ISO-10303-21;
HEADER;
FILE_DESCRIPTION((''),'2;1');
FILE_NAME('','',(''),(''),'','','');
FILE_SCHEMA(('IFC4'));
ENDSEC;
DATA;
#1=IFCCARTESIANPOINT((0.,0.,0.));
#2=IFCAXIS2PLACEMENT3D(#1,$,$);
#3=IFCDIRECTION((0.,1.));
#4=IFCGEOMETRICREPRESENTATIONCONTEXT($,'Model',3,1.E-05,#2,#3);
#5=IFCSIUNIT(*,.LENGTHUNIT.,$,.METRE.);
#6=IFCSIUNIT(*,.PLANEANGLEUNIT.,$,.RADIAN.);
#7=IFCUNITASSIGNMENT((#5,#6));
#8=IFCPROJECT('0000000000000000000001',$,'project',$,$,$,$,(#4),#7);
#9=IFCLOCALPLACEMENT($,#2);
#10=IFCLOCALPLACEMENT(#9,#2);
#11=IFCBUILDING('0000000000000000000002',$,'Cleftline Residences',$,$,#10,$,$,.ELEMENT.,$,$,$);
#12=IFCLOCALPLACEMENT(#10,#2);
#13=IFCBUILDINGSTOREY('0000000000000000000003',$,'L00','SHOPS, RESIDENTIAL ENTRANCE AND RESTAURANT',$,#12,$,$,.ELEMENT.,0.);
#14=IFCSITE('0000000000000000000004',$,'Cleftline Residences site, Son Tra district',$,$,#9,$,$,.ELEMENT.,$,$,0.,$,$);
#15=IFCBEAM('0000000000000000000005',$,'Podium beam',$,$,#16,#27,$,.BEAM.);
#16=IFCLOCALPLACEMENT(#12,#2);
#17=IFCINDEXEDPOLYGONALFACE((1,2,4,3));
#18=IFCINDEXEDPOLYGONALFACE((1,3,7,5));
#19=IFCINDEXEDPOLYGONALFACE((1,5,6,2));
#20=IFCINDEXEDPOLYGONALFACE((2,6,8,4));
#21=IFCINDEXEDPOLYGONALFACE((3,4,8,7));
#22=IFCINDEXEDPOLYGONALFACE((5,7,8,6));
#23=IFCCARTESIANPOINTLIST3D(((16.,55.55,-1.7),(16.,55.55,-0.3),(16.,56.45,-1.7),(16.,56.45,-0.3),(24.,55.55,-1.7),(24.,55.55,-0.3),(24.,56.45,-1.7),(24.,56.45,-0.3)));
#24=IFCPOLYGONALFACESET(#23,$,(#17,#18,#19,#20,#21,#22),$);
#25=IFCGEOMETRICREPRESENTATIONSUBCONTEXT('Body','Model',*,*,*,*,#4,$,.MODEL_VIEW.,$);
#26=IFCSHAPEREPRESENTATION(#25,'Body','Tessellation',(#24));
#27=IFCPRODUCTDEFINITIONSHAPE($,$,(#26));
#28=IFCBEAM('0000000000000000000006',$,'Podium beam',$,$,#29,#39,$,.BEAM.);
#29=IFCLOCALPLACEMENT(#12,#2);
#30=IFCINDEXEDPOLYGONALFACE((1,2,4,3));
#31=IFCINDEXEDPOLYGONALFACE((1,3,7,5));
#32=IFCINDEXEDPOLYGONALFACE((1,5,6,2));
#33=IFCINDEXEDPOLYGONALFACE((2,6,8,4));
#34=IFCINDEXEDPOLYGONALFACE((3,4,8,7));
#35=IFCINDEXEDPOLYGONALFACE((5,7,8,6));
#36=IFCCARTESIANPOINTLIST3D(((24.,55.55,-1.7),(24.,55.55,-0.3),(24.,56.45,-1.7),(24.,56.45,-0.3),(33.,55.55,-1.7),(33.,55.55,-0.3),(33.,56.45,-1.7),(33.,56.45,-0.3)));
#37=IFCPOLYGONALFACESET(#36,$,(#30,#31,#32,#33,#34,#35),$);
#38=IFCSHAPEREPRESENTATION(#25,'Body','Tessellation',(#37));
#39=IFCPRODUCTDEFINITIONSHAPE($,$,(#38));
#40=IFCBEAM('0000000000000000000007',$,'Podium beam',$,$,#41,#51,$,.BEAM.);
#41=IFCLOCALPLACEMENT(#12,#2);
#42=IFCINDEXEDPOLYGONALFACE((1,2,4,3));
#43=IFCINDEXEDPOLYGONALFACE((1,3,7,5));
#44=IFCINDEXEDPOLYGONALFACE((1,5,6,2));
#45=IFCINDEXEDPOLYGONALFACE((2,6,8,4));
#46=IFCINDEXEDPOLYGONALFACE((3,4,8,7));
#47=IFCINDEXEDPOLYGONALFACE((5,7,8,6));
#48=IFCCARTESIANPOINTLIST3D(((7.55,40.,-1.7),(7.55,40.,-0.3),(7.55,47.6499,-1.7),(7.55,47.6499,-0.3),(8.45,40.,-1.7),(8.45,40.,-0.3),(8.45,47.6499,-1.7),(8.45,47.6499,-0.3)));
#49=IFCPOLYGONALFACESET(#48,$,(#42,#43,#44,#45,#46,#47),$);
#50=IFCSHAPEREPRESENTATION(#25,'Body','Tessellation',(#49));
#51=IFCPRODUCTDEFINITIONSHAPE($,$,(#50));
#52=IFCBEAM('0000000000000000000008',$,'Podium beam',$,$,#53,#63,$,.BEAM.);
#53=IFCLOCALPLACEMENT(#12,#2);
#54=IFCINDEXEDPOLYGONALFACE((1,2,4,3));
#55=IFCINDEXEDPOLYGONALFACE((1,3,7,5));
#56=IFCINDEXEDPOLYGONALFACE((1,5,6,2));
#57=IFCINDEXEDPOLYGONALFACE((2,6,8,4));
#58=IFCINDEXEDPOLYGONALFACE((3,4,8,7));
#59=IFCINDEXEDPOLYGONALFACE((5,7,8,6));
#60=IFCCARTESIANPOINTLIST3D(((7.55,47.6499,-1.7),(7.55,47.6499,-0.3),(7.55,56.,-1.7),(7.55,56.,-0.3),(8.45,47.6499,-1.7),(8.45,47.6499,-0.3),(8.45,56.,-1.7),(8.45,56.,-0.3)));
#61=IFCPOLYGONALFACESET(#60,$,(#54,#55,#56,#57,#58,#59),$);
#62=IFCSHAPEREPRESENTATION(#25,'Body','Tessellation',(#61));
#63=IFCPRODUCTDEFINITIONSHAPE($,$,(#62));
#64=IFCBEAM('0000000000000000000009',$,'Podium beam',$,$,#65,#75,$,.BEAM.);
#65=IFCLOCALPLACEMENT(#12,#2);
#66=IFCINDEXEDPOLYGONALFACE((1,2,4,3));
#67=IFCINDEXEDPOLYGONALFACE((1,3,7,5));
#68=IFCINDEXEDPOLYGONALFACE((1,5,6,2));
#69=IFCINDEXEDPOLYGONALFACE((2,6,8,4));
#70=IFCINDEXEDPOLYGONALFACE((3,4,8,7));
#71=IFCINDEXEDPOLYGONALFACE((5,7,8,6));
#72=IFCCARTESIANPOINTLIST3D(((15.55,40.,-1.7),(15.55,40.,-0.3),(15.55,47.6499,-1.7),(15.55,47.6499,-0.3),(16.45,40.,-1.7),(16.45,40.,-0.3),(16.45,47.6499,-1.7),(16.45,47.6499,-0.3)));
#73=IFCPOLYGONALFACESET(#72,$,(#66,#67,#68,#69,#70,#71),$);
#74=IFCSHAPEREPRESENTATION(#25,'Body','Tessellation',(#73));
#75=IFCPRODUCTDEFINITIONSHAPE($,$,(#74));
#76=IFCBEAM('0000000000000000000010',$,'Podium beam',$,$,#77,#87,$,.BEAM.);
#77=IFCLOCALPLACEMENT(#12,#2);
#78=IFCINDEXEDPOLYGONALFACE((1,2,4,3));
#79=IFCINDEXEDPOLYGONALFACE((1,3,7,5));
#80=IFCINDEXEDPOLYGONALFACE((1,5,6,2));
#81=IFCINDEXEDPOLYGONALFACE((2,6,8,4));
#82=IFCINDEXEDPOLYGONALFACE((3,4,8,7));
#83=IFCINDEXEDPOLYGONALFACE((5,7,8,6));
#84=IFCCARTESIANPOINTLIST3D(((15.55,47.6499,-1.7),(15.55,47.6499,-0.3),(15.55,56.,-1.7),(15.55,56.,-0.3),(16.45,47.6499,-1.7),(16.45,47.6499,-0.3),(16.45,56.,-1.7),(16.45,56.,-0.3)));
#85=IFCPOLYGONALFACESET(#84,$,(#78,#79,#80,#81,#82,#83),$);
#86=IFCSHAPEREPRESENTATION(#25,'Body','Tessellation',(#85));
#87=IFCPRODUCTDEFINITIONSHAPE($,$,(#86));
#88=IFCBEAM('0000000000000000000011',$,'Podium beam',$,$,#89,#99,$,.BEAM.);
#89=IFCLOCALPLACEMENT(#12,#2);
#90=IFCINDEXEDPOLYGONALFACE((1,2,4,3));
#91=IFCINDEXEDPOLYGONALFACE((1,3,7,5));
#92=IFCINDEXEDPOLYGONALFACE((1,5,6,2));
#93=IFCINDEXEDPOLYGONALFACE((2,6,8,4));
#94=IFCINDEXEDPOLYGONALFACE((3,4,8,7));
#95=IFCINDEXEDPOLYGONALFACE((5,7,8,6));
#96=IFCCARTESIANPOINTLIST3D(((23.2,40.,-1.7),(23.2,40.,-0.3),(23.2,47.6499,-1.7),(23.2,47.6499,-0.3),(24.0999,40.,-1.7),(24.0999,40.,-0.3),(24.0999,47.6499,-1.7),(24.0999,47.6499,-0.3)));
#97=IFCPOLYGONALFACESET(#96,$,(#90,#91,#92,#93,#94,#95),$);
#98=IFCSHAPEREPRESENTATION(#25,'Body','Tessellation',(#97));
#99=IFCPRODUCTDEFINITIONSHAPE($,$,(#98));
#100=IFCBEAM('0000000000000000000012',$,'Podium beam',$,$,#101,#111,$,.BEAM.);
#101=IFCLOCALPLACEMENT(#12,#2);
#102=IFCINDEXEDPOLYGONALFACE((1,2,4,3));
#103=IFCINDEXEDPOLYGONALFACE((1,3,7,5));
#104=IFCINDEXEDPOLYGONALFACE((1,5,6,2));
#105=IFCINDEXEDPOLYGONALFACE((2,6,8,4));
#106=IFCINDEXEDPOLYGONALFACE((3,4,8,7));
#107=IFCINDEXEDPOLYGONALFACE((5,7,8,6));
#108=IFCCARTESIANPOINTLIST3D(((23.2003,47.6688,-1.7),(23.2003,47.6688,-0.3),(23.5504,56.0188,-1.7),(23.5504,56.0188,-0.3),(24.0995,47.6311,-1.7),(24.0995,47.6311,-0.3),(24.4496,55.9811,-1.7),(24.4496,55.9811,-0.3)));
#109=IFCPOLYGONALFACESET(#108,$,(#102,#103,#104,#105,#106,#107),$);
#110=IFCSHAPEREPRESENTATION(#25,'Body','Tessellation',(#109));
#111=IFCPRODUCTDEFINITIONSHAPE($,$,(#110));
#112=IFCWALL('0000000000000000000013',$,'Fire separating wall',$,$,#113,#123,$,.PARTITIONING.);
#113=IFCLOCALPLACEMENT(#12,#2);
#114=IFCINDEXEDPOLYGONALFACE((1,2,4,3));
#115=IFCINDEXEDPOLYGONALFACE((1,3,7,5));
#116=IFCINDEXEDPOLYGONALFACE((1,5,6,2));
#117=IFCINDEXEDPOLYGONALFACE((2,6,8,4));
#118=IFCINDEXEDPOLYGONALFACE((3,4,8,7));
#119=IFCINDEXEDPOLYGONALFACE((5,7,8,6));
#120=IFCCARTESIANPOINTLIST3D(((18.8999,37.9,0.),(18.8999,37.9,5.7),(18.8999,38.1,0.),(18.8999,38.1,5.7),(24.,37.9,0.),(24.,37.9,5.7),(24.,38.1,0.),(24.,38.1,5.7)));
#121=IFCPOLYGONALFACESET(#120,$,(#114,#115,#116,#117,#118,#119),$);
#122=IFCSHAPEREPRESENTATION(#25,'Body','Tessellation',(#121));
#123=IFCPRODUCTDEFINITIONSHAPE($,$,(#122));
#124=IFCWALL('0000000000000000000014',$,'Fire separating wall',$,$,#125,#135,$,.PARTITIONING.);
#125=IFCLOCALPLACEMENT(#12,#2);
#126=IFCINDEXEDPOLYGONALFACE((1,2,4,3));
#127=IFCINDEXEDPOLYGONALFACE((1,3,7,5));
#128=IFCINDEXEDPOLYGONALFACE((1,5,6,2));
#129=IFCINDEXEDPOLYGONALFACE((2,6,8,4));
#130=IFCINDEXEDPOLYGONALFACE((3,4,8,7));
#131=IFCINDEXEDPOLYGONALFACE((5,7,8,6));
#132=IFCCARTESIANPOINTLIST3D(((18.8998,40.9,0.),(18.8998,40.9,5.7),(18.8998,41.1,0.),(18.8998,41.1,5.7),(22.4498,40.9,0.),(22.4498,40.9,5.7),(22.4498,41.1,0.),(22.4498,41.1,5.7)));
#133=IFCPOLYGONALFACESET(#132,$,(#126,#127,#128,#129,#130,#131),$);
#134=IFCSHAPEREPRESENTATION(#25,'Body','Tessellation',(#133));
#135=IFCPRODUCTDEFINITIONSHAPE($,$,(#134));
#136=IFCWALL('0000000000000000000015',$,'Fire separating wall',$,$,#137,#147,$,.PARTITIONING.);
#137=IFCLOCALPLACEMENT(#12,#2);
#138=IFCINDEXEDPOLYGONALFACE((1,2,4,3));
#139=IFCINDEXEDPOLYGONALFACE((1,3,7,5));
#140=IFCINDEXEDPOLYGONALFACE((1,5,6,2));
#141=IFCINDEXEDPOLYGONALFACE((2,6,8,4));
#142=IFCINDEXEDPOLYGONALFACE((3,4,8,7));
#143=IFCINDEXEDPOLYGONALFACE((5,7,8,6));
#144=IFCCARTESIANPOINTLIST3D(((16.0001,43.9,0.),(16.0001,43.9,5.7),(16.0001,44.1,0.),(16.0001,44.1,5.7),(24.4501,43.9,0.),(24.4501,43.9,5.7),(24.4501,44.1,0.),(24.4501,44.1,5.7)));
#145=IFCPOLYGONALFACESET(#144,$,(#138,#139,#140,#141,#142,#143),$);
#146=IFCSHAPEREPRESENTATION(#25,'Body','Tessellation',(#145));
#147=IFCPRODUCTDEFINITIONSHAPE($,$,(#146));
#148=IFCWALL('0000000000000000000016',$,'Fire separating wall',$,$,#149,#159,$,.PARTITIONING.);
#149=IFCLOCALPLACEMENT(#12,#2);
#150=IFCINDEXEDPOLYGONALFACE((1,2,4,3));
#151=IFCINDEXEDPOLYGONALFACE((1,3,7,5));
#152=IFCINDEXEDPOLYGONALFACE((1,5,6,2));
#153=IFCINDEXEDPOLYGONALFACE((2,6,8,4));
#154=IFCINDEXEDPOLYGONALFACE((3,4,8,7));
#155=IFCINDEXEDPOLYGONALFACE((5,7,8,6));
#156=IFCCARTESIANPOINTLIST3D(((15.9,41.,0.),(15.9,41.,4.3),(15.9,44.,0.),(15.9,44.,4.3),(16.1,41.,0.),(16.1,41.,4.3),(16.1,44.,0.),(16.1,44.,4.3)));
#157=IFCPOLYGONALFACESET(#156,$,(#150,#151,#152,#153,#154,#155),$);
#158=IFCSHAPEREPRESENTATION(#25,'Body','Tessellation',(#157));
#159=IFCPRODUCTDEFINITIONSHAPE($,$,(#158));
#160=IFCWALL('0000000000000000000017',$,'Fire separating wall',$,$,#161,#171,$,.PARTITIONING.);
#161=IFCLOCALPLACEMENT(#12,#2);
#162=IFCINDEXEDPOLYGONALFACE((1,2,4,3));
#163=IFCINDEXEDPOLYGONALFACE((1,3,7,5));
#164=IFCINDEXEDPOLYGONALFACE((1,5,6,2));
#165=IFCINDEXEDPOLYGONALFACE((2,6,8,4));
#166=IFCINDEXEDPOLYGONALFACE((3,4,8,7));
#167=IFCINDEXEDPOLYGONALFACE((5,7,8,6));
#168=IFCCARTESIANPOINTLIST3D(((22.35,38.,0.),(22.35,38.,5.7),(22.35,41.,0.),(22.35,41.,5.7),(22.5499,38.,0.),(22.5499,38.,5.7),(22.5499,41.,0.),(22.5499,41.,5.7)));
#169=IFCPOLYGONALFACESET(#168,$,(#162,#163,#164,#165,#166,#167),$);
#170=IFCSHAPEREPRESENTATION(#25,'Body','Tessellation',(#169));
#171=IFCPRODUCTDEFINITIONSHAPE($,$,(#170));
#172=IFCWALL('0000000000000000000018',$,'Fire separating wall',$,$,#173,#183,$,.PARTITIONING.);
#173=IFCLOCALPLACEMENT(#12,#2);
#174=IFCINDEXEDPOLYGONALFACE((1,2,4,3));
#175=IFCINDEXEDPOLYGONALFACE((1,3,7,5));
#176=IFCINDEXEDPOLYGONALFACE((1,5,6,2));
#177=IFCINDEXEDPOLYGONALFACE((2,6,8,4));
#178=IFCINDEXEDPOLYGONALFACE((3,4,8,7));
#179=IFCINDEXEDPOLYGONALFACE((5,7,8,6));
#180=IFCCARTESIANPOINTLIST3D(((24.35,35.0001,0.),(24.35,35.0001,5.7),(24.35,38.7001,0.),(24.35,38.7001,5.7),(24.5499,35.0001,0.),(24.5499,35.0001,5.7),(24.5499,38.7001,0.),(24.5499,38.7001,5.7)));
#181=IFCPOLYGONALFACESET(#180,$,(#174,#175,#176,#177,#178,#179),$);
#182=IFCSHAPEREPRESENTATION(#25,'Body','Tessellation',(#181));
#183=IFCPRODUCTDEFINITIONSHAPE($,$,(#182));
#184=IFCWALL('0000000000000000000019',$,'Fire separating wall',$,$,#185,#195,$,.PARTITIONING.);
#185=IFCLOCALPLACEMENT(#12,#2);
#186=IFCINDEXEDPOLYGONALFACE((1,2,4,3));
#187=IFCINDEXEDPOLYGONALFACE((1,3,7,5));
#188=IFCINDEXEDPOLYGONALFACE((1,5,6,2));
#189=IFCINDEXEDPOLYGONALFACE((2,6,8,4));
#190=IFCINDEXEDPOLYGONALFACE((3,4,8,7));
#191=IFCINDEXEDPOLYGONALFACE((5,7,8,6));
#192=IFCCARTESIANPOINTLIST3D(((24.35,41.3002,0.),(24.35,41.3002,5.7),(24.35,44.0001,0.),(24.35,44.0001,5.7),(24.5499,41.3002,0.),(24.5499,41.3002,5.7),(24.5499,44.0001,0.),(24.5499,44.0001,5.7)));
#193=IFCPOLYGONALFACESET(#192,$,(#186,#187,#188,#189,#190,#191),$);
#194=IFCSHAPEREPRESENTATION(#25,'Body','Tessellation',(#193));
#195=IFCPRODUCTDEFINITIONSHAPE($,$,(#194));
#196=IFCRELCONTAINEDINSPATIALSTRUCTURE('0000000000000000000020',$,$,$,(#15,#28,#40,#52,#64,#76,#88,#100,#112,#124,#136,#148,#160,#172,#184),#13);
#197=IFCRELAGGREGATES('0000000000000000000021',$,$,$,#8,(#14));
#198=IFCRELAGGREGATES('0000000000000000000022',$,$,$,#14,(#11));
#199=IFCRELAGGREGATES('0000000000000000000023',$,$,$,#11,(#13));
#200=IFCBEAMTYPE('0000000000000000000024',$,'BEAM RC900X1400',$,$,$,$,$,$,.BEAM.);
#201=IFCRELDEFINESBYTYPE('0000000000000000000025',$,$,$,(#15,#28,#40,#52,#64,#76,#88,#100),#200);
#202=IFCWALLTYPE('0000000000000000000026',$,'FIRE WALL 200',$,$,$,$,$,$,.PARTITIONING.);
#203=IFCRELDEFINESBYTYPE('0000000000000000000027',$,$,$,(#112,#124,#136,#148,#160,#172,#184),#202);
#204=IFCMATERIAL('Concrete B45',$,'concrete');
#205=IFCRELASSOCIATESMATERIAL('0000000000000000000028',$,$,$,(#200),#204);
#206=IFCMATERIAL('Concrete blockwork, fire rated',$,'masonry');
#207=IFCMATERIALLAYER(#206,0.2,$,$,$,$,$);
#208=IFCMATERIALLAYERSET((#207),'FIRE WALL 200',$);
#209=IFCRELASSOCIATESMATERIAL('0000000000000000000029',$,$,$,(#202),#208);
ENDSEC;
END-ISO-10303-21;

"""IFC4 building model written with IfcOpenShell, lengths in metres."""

from ifc_helpers import new_model, si_unit, direction, frame, frame_2d, origin, origin_2d, place, context, subcontext, project, spatial, rectangle, extrude, material, layer, layer_set, material_profile, profile_set, type_object, element, save


model = new_model("IFC4")

# Units and contexts
model_context = context("Model", 3, precision=1e-05, world=origin(), true_north=direction((0.0, 1.0)))
body_context = subcontext(model_context, "Body", "Model", "MODEL_VIEW")
ifc_project = project(units=[si_unit("LENGTHUNIT", "METRE"), si_unit("PLANEANGLEUNIT", "RADIAN")], contexts=[model_context])

# Site, building, storey
site_placement = place(None, origin())
site = spatial("IfcSite", under=ifc_project, at=site_placement, Name="Cleftline Residences site, Son Tra district", CompositionType="ELEMENT", RefElevation=0.0)
building_placement = place(site_placement, origin())
building = spatial("IfcBuilding", under=site, at=building_placement, Name="Cleftline Residences", CompositionType="ELEMENT")
storey_placement = place(building_placement, origin())
storey = spatial("IfcBuildingStorey", under=building, at=storey_placement, Name="L00", Description="SHOPS, RESIDENTIAL ENTRANCE AND RESTAURANT", CompositionType="ELEMENT", Elevation=0.0)

# Beams
ifc_material_1 = material(Name="Concrete B45", Category="concrete")
ifc_material_profile_1 = material_profile(ifc_material_1, rectangle(XDim=0.8999, YDim=1.3999, at=origin_2d()))
ifc_profile_set_1 = profile_set([ifc_material_profile_1], Name="Concrete B45")
beam_type = type_object("IfcBeamType", Name="BEAM RC900X1400", PredefinedType="BEAM", material=ifc_profile_set_1)
for number, where, z_axis, x_axis, name in (
    (1, (16.0, 56.0, -1.0), (1.0, 0.0, 0.0), (0.0, 1.0, 0.0), "Podium beam"),
):
    element("IfcBeam", number, at=place(storey_placement, frame(where, z_axis=z_axis, x_axis=x_axis)), inside=storey, type_object=beam_type, Name=name, PredefinedType="BEAM", context=body_context, shape_type="SweptSolid", body=[
        extrude(rectangle(XDim=0.8999, YDim=1.3999, at=origin_2d()), origin(), (0.0, 0.0, 1.0), 8.0),
    ])
beam_1_placement = place(storey_placement, frame((24.0, 56.0, -1.0), z_axis=(1.0, 0.0, 0.0), x_axis=(0.0, 1.0, 0.0)))
element("IfcBeam", 2, at=beam_1_placement, inside=storey, type_object=beam_type, Name="Podium beam", PredefinedType="BEAM", context=body_context, shape_type="SweptSolid", body=[
    extrude(rectangle(XDim=0.8999, YDim=1.3999, at=origin_2d()), origin(), (0.0, 0.0, 1.0), 9.0),
])
beam_2_placement = place(storey_placement, frame((8.0, 40.0, -1.0), z_axis=(0.0, 1.0, 0.0), x_axis=(-1.0, 0.0, 0.0)))
element("IfcBeam", 3, at=beam_2_placement, inside=storey, type_object=beam_type, Name="Podium beam", PredefinedType="BEAM", context=body_context, shape_type="SweptSolid", body=[
    extrude(rectangle(XDim=0.8999, YDim=1.3999, at=origin_2d()), origin(), (0.0, 0.0, 1.0), 7.6499),
])
beam_3_placement = place(storey_placement, frame((8.0, 47.6499, -1.0), z_axis=(0.0, 1.0, 0.0), x_axis=(-1.0, 0.0, 0.0)))
element("IfcBeam", 4, at=beam_3_placement, inside=storey, type_object=beam_type, Name="Podium beam", PredefinedType="BEAM", context=body_context, shape_type="SweptSolid", body=[
    extrude(rectangle(XDim=0.8999, YDim=1.3999, at=origin_2d()), origin(), (0.0, 0.0, 1.0), 8.3501),
])
beam_4_placement = place(storey_placement, frame((16.0, 40.0, -1.0), z_axis=(0.0, 1.0, 0.0), x_axis=(-1.0, 0.0, 0.0)))
element("IfcBeam", 5, at=beam_4_placement, inside=storey, type_object=beam_type, Name="Podium beam", PredefinedType="BEAM", context=body_context, shape_type="SweptSolid", body=[
    extrude(rectangle(XDim=0.8999, YDim=1.3999, at=origin_2d()), origin(), (0.0, 0.0, 1.0), 7.6499),
])
beam_5_placement = place(storey_placement, frame((16.0, 47.6499, -1.0), z_axis=(0.0, 1.0, 0.0), x_axis=(-1.0, 0.0, 0.0)))
element("IfcBeam", 6, at=beam_5_placement, inside=storey, type_object=beam_type, Name="Podium beam", PredefinedType="BEAM", context=body_context, shape_type="SweptSolid", body=[
    extrude(rectangle(XDim=0.8999, YDim=1.3999, at=origin_2d()), origin(), (0.0, 0.0, 1.0), 8.3501),
])
beam_6_placement = place(storey_placement, frame((23.6499, 40.0, -1.0), z_axis=(0.0, 1.0, 0.0), x_axis=(-1.0, 0.0, 0.0)))
element("IfcBeam", 7, at=beam_6_placement, inside=storey, type_object=beam_type, Name="Podium beam", PredefinedType="BEAM", context=body_context, shape_type="SweptSolid", body=[
    extrude(rectangle(XDim=0.8999, YDim=1.3999, at=origin_2d()), origin(), (0.0, 0.0, 1.0), 7.6499),
])
beam_7_placement = place(storey_placement, frame((23.6499, 47.6499, -1.0), z_axis=(0.041891, 0.999122, 0.0), x_axis=(-0.999122, 0.041891, 0.0)))
element("IfcBeam", 8, at=beam_7_placement, inside=storey, type_object=beam_type, Name="Podium beam", PredefinedType="BEAM", context=body_context, shape_type="SweptSolid", body=[
    extrude(rectangle(XDim=0.8999, YDim=1.3999, at=origin_2d()), origin(), (0.0, 0.0, 1.0), 8.3574),
])

# Walls
ifc_material_2 = material(Name="Concrete blockwork, fire rated", Category="masonry")
ifc_layer_1 = layer(ifc_material_2, 0.2)
ifc_layer_set_1 = layer_set([ifc_layer_1], Name="FIRE WALL 200")
wall_type_1 = type_object("IfcWallType", Name="FIRE WALL 200", PredefinedType="PARTITIONING", material=ifc_layer_set_1)
wall_1_placement = place(storey_placement, frame((18.8999, 38.0, 0.0), z_axis=(0.0, 0.0, 1.0), x_axis=(1.0, 0.0, 0.0)))
element("IfcWall", 9, at=wall_1_placement, inside=storey, type_object=wall_type_1, Name="Fire separating wall", PredefinedType="PARTITIONING", context=body_context, shape_type="SweptSolid", body=[
    extrude(rectangle(XDim=5.1001, YDim=0.2, at=frame_2d((2.55, 0.0))), origin(), (0.0, 0.0, 1.0), 5.7),
])
wall_2_placement = place(storey_placement, frame((18.8999, 41.0, 0.0), z_axis=(0.0, 0.0, 1.0), x_axis=(1.0, 0.0, 0.0)))
element("IfcWall", 10, at=wall_2_placement, inside=storey, type_object=wall_type_1, Name="Fire separating wall", PredefinedType="PARTITIONING", context=body_context, shape_type="SweptSolid", body=[
    extrude(rectangle(XDim=3.55, YDim=0.2, at=frame_2d((1.7749, 0.0))), origin(), (0.0, 0.0, 1.0), 5.7),
])
wall_3_placement = place(storey_placement, frame((16.0, 44.0, 0.0), z_axis=(0.0, 0.0, 1.0), x_axis=(1.0, 0.0, 0.0)))
element("IfcWall", 11, at=wall_3_placement, inside=storey, type_object=wall_type_1, Name="Fire separating wall", PredefinedType="PARTITIONING", context=body_context, shape_type="SweptSolid", body=[
    extrude(rectangle(XDim=8.45, YDim=0.2, at=frame_2d((4.2251, 0.0))), origin(), (0.0, 0.0, 1.0), 5.7),
])
wall_4_placement = place(storey_placement, frame((16.0, 41.0, 0.0), z_axis=(0.0, 0.0, 1.0), x_axis=(0.0, 1.0, 0.0)))
element("IfcWall", 12, at=wall_4_placement, inside=storey, type_object=wall_type_1, Name="Fire separating wall", PredefinedType="PARTITIONING", context=body_context, shape_type="SweptSolid", body=[
    extrude(rectangle(XDim=3.0, YDim=0.2, at=frame_2d((1.5, 0.0))), origin(), (0.0, 0.0, 1.0), 4.3),
])
wall_5_placement = place(storey_placement, frame((22.45, 38.0, 0.0), z_axis=(0.0, 0.0, 1.0), x_axis=(0.0, 1.0, 0.0)))
element("IfcWall", 13, at=wall_5_placement, inside=storey, type_object=wall_type_1, Name="Fire separating wall", PredefinedType="PARTITIONING", context=body_context, shape_type="SweptSolid", body=[
    extrude(rectangle(XDim=3.0, YDim=0.2, at=frame_2d((1.5, 0.0))), origin(), (0.0, 0.0, 1.0), 5.7),
])
wall_6_placement = place(storey_placement, frame((24.45, 35.0, 0.0), z_axis=(0.0, 0.0, 1.0), x_axis=(0.0, 1.0, 0.0)))
element("IfcWall", 14, at=wall_6_placement, inside=storey, type_object=wall_type_1, Name="Fire separating wall", PredefinedType="PARTITIONING", context=body_context, shape_type="SweptSolid", body=[
    extrude(rectangle(XDim=3.7, YDim=0.2, at=frame_2d((1.8501, 0.0))), origin(), (0.0, 0.0, 1.0), 5.7),
])
wall_7_placement = place(storey_placement, frame((24.45, 41.3, 0.0), z_axis=(0.0, 0.0, 1.0), x_axis=(0.0, 1.0, 0.0)))
element("IfcWall", 15, at=wall_7_placement, inside=storey, type_object=wall_type_1, Name="Fire separating wall", PredefinedType="PARTITIONING", context=body_context, shape_type="SweptSolid", body=[
    extrude(rectangle(XDim=2.7, YDim=0.2, at=frame_2d((1.3501, 0.0))), origin(), (0.0, 0.0, 1.0), 5.7),
])

save(model, "model.ifc")
